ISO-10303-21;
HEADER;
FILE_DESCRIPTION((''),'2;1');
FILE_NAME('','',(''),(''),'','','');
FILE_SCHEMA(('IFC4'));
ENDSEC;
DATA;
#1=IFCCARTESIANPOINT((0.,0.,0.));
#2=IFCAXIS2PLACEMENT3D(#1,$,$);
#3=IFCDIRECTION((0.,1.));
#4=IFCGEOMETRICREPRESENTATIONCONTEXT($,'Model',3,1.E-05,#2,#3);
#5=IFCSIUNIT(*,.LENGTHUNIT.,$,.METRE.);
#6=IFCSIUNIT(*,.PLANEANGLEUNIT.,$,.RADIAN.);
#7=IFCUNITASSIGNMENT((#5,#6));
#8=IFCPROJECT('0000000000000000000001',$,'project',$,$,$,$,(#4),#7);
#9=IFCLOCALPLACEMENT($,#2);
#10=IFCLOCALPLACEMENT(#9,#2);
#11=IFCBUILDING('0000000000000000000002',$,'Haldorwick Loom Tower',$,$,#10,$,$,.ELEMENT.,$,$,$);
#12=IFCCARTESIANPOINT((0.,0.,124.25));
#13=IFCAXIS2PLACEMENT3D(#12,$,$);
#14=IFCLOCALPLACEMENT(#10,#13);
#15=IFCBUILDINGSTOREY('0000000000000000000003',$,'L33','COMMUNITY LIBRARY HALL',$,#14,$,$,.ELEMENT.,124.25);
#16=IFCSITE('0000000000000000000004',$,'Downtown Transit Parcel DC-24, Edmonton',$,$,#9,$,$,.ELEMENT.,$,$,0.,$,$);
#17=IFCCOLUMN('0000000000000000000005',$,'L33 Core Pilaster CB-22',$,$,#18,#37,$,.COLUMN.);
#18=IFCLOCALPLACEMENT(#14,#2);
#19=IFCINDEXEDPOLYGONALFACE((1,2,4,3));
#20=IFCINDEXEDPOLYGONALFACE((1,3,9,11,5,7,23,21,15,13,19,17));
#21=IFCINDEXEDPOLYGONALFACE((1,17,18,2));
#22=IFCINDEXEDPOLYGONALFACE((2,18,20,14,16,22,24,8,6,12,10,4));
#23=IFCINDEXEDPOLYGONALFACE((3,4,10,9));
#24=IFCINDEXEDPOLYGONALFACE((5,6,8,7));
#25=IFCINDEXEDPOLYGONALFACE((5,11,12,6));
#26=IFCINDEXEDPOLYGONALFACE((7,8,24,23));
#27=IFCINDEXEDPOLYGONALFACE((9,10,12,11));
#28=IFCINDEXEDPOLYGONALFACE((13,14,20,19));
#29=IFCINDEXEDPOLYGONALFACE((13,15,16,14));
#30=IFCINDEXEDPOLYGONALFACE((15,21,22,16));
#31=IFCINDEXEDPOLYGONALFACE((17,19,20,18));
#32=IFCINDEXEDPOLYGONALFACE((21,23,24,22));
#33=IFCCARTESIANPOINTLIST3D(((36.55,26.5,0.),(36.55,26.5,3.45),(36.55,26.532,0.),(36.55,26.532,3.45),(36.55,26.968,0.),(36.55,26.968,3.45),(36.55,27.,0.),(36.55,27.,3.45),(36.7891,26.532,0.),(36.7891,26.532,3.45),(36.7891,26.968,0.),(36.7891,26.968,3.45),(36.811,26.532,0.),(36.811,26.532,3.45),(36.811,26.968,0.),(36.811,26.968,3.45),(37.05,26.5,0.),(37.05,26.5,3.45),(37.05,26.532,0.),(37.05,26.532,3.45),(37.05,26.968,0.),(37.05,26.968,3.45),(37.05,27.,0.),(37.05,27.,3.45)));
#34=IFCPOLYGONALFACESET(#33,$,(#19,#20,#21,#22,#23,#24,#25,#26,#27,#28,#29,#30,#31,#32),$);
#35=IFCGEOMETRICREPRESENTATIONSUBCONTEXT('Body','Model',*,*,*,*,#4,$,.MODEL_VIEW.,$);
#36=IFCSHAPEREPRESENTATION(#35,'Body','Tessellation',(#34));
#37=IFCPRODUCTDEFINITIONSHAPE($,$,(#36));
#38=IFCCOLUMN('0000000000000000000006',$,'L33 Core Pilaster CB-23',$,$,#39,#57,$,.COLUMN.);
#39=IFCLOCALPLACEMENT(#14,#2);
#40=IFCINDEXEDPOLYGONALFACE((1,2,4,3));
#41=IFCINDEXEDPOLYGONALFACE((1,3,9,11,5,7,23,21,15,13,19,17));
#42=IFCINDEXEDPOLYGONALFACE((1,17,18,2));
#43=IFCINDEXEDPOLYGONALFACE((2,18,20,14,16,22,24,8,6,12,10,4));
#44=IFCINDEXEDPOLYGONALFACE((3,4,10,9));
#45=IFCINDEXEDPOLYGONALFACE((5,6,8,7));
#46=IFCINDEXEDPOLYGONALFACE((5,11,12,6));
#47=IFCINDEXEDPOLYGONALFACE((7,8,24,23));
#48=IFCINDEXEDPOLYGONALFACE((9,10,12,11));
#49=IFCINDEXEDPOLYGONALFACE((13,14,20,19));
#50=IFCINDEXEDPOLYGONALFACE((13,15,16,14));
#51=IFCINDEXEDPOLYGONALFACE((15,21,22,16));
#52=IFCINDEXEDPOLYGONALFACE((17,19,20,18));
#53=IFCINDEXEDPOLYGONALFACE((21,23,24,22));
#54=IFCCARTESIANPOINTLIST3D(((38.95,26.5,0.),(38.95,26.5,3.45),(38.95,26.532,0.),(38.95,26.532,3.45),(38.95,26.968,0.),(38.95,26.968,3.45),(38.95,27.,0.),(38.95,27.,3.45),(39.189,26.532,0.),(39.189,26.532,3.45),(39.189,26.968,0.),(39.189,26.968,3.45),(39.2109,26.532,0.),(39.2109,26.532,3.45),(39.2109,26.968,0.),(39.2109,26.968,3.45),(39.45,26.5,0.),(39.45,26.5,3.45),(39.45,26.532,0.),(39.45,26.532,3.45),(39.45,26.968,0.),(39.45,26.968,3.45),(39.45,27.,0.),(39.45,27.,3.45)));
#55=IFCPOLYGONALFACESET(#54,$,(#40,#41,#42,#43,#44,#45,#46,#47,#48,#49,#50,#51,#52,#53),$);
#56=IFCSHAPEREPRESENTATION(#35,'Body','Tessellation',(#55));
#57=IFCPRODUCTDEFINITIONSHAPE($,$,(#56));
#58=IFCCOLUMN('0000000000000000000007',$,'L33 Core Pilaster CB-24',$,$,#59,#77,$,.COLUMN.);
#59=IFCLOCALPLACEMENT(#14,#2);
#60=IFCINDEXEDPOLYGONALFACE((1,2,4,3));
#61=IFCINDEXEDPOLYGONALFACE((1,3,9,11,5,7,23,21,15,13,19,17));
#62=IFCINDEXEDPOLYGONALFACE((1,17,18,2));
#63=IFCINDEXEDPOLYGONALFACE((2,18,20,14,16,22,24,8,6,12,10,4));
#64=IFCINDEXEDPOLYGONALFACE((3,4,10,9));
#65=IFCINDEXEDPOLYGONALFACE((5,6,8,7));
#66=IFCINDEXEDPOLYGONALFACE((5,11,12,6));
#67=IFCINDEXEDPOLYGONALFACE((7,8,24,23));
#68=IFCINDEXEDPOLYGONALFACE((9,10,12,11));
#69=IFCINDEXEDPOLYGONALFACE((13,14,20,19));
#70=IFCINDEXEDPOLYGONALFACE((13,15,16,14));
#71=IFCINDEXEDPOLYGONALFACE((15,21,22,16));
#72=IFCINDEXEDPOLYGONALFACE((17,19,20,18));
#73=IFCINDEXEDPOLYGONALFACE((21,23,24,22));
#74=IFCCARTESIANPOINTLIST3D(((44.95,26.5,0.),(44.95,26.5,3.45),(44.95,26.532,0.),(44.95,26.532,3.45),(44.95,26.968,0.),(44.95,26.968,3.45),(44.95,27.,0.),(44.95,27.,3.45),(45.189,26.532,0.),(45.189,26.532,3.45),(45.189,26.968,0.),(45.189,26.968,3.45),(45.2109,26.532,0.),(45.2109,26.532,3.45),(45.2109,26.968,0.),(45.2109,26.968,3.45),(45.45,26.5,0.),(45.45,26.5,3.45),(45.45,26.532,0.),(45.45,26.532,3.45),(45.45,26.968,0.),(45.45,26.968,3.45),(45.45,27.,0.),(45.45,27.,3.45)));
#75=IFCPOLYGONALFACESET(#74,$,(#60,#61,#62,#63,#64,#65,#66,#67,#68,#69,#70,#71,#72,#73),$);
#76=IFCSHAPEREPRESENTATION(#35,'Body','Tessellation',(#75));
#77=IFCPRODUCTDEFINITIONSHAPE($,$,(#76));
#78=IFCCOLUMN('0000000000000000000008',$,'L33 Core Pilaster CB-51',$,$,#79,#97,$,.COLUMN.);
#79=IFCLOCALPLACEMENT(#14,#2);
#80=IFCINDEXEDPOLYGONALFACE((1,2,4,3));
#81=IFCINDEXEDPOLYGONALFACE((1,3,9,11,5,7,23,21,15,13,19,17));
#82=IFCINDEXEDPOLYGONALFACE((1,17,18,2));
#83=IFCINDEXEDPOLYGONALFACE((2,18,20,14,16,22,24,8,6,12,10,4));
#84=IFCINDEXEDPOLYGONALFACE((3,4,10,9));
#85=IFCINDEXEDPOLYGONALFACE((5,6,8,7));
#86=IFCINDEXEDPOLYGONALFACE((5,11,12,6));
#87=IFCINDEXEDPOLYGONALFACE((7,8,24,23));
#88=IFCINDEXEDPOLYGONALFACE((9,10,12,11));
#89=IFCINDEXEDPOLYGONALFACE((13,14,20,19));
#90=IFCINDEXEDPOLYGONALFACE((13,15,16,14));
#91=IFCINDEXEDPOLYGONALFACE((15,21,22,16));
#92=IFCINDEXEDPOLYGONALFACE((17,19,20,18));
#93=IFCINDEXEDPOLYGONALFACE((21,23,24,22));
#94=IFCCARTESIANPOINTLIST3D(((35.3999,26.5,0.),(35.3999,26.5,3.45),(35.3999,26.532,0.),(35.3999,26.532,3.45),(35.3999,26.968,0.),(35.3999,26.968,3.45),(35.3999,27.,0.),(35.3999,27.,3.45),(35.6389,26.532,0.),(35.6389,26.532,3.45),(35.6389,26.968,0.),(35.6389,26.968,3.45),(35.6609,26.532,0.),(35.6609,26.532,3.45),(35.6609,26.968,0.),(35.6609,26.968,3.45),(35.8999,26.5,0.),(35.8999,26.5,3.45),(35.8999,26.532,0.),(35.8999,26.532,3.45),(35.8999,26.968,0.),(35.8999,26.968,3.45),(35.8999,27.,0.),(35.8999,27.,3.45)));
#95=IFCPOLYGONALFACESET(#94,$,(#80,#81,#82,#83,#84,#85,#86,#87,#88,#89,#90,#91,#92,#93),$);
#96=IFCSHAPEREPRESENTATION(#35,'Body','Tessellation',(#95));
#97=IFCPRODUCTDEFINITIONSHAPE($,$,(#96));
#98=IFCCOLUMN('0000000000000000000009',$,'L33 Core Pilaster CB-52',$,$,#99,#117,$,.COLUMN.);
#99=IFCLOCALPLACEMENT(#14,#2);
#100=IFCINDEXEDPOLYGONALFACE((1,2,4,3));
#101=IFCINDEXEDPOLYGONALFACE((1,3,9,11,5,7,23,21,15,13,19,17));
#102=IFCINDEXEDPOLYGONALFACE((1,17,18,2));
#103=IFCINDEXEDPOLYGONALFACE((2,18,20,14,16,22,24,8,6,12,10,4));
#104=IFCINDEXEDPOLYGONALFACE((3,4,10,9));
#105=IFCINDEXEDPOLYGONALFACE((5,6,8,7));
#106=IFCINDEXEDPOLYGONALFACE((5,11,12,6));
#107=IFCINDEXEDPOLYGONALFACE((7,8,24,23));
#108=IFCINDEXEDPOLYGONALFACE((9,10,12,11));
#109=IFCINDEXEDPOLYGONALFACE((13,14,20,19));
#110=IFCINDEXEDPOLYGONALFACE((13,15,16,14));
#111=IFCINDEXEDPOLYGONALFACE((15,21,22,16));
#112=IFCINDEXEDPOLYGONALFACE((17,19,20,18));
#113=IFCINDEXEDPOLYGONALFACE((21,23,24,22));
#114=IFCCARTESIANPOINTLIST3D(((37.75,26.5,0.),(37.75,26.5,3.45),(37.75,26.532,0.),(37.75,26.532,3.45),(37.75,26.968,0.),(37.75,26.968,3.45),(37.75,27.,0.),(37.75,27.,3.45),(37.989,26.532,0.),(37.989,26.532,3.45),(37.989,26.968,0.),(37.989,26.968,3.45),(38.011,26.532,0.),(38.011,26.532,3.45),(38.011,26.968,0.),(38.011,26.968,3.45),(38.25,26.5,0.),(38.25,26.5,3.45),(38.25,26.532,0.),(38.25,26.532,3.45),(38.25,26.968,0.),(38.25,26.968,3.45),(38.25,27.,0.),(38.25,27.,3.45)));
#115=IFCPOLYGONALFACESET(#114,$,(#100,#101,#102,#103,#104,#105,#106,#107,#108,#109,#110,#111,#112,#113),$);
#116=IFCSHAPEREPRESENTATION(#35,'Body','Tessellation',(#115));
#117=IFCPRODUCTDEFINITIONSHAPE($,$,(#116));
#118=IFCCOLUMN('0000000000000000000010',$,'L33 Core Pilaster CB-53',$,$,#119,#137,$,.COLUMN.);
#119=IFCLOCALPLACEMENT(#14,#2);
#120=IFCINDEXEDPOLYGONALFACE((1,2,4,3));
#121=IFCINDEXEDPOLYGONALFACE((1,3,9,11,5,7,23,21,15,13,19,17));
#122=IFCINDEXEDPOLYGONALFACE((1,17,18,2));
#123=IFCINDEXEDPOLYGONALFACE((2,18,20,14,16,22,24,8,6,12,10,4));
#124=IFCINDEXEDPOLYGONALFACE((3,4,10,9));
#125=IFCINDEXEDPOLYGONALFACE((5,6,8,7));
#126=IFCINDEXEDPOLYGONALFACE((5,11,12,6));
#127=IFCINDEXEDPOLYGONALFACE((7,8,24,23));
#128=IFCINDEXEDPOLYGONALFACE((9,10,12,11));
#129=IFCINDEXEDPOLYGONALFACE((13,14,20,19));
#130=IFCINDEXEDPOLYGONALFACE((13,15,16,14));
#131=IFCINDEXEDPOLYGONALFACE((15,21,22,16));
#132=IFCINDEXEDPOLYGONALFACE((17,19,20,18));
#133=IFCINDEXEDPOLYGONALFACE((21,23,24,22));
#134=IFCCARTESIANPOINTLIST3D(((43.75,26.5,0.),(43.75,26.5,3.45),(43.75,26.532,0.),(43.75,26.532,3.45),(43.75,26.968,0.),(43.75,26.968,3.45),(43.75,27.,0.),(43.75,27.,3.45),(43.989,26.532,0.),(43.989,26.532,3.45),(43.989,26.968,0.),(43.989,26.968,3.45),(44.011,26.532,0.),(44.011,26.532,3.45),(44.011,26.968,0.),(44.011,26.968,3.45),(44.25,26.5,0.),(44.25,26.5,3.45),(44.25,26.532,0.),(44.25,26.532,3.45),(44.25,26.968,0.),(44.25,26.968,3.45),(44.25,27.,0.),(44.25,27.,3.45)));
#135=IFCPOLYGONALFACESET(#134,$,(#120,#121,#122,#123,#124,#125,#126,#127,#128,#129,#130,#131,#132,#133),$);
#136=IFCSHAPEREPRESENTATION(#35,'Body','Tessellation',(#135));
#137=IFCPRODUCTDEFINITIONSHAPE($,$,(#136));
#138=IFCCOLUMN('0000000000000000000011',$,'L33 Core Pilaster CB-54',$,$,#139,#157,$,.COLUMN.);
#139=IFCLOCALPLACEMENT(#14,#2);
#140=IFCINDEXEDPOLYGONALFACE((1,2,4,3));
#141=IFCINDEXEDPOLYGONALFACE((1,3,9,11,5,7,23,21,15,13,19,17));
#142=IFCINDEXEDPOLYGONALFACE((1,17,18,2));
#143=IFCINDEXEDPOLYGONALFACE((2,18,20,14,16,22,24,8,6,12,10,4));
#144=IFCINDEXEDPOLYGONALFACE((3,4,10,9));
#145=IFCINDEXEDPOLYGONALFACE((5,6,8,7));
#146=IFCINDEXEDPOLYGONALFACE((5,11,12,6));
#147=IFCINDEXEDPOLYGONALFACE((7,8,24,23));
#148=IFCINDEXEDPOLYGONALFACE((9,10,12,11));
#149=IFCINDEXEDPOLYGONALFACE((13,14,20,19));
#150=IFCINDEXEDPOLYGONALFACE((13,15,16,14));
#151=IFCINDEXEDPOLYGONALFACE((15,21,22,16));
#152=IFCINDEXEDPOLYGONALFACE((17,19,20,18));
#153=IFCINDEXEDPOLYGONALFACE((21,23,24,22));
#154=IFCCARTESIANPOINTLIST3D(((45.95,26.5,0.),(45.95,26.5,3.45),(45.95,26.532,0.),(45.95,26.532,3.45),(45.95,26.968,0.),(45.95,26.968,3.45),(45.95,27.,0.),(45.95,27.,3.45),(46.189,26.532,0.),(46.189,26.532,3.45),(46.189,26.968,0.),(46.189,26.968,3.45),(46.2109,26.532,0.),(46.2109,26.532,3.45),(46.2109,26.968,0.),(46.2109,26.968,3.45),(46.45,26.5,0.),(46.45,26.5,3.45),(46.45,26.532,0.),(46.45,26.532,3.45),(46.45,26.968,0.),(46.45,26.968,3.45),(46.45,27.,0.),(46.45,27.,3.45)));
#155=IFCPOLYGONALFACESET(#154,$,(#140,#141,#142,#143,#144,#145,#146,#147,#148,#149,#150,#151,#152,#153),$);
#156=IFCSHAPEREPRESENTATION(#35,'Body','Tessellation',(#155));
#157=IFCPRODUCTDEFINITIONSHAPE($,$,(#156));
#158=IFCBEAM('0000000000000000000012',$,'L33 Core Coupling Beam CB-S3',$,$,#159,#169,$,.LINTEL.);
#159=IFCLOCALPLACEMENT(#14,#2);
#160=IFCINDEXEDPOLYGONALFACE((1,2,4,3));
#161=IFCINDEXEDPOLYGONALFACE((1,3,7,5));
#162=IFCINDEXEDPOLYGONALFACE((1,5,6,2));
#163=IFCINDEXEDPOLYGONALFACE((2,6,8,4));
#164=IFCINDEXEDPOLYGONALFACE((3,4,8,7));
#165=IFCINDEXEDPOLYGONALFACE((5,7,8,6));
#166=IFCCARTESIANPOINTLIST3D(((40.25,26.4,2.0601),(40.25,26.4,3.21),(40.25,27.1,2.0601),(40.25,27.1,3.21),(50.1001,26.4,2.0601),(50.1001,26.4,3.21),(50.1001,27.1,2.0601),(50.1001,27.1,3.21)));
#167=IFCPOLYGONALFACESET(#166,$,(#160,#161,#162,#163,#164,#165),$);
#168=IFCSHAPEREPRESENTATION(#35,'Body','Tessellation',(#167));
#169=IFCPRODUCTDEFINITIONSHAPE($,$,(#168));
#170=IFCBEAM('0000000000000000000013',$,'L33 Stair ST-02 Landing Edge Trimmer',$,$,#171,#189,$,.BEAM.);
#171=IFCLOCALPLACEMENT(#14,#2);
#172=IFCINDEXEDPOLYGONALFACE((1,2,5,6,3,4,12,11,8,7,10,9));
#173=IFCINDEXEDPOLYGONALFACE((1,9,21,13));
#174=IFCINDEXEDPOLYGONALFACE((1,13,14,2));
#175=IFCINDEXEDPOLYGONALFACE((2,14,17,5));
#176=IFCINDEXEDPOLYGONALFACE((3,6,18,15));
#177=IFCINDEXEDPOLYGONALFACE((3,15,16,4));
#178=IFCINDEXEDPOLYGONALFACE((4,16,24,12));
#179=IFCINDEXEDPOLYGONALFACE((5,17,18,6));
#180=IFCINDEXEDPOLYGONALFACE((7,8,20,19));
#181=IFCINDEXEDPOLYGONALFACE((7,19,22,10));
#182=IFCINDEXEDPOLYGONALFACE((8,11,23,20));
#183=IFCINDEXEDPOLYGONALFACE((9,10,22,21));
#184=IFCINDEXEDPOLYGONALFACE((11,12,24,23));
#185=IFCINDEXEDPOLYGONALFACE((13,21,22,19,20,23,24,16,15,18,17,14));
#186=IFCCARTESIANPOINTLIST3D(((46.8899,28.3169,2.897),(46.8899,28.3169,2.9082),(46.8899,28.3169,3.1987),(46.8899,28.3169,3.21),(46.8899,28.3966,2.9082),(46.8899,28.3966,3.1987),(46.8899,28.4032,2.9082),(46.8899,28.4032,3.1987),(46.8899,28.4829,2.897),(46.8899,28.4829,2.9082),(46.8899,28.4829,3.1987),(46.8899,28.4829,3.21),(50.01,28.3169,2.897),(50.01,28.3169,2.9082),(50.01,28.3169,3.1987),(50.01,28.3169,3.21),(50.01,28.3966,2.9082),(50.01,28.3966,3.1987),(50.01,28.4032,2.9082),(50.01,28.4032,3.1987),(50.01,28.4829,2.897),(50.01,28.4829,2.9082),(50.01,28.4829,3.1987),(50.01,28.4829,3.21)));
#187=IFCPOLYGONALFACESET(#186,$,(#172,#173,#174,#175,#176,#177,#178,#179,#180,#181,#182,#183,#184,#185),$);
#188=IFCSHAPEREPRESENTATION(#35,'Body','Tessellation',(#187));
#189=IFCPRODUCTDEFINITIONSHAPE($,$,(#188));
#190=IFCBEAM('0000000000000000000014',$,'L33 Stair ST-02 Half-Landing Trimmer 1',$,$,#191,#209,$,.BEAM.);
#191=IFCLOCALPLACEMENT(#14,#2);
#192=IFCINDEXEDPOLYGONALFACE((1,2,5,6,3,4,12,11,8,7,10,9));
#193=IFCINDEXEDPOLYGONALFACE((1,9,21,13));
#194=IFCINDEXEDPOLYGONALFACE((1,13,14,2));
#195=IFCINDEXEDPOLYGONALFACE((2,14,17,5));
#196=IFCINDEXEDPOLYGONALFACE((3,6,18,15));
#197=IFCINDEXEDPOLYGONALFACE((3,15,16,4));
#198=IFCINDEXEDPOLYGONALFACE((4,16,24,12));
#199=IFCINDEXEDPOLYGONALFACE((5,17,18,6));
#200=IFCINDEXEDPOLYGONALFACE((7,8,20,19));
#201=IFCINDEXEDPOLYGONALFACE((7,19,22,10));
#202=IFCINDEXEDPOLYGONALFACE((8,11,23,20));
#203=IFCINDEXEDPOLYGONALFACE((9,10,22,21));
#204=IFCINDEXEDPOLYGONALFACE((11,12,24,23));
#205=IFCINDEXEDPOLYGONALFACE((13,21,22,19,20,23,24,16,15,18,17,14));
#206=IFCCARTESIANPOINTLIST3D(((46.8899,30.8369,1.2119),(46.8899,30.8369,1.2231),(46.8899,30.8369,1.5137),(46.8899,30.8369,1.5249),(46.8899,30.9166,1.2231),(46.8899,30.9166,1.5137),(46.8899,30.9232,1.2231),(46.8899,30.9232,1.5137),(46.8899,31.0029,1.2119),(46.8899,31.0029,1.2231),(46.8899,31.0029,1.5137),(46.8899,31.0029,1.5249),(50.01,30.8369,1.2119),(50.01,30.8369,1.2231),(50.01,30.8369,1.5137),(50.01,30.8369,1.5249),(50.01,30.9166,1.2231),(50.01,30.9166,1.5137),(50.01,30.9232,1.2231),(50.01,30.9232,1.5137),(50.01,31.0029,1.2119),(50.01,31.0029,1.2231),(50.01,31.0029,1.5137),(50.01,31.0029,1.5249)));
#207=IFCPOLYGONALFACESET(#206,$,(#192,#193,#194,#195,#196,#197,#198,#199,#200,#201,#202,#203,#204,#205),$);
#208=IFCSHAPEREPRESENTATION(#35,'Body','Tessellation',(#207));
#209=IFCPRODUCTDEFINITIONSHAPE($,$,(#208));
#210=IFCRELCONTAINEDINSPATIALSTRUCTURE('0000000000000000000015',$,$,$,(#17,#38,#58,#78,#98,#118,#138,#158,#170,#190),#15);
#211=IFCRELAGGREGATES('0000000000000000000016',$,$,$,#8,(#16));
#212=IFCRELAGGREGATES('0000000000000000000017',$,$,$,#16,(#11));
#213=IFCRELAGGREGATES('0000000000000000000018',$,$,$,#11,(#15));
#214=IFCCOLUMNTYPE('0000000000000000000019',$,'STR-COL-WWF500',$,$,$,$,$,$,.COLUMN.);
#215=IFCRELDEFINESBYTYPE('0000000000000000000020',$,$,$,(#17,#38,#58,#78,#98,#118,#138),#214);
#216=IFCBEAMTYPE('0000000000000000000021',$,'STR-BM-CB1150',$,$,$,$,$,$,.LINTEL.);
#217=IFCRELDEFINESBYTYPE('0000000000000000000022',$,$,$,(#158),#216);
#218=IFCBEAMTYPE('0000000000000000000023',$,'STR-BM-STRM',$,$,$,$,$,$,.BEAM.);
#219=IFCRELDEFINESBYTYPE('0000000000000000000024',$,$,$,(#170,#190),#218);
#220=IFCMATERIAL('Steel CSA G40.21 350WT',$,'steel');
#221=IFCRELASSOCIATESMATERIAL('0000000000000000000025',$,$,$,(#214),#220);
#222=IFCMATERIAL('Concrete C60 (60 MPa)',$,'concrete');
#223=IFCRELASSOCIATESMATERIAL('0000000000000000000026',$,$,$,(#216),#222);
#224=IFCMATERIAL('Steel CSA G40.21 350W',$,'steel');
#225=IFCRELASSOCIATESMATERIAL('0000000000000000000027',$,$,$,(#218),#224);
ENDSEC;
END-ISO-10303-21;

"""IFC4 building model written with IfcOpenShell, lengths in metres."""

from ifc_helpers import new_model, si_unit, direction, frame, origin, origin_2d, place, context, subcontext, project, spatial, rectangle, i_section, extrude, material, material_profile, profile_set, type_object, element, save


model = new_model("IFC4")

# Units and contexts
model_context = context("Model", 3, precision=1e-05, world=origin(), true_north=direction((0.0, 1.0)))
body_context = subcontext(model_context, "Body", "Model", "MODEL_VIEW")
ifc_project = project(units=[si_unit("LENGTHUNIT", "METRE"), si_unit("PLANEANGLEUNIT", "RADIAN")], contexts=[model_context])

# Site, building, storey
site_placement = place(None, origin())
site = spatial("IfcSite", under=ifc_project, at=site_placement, Name="Downtown Transit Parcel DC-24, Edmonton", CompositionType="ELEMENT", RefElevation=0.0)
building_placement = place(site_placement, origin())
building = spatial("IfcBuilding", under=site, at=building_placement, Name="Haldorwick Loom Tower", CompositionType="ELEMENT")
storey_placement = place(building_placement, frame((0.0, 0.0, 124.25)))
storey = spatial("IfcBuildingStorey", under=building, at=storey_placement, Name="L33", Description="COMMUNITY LIBRARY HALL", CompositionType="ELEMENT", Elevation=124.25)

# Columns
ifc_material_1 = material(Name="Steel CSA G40.21 350WT", Category="steel")
ifc_material_profile_1 = material_profile(ifc_material_1, i_section(OverallWidth=0.5, OverallDepth=0.5, WebThickness=0.022, FlangeThickness=0.032, at=origin_2d()), Name="WWF500X500", Category="steel")
ifc_profile_set_1 = profile_set([ifc_material_profile_1], Name="Steel CSA G40.21 350WT")
column_type = type_object("IfcColumnType", Name="STR-COL-WWF500", PredefinedType="COLUMN", material=ifc_profile_set_1)
for number, where, z_axis, x_axis, name in (
    (1, (36.8, 26.75, 0.0), (0.0, 0.0, 1.0), (1.0, 0.0, 0.0), "L33 Core Pilaster CB-22"),
    (2, (39.2, 26.75, 0.0), (0.0, 0.0, 1.0), (1.0, 0.0, 0.0), "L33 Core Pilaster CB-23"),
    (3, (45.2, 26.75, 0.0), (0.0, 0.0, 1.0), (1.0, 0.0, 0.0), "L33 Core Pilaster CB-24"),
    (4, (35.6499, 26.75, 0.0), (0.0, 0.0, 1.0), (1.0, 0.0, 0.0), "L33 Core Pilaster CB-51"),
    (5, (38.0, 26.75, 0.0), (0.0, 0.0, 1.0), (1.0, 0.0, 0.0), "L33 Core Pilaster CB-52"),
    (6, (44.0, 26.75, 0.0), (0.0, 0.0, 1.0), (1.0, 0.0, 0.0), "L33 Core Pilaster CB-53"),
    (7, (46.2, 26.75, 0.0), (0.0, 0.0, 1.0), (1.0, 0.0, 0.0), "L33 Core Pilaster CB-54"),
):
    element("IfcColumn", number, at=place(storey_placement, frame(where, z_axis=z_axis, x_axis=x_axis)), inside=storey, type_object=column_type, Name=name, PredefinedType="COLUMN", context=body_context, shape_type="SweptSolid", body=[
        extrude(i_section(OverallWidth=0.5, OverallDepth=0.5, WebThickness=0.022, FlangeThickness=0.032, at=origin_2d()), origin(), (0.0, 0.0, 1.0), 3.45),
    ])

# Beams
ifc_material_2 = material(Name="Concrete C60 (60 MPa)", Category="concrete")
ifc_material_profile_2 = material_profile(ifc_material_2, rectangle(XDim=0.7, YDim=1.1499, at=origin_2d()), Name="RC700X1150", Category="concrete")
ifc_profile_set_2 = profile_set([ifc_material_profile_2], Name="Concrete C60 (60 MPa)")
beam_type_1 = type_object("IfcBeamType", Name="STR-BM-CB1150", PredefinedType="LINTEL", material=ifc_profile_set_2)
beam_placement = place(storey_placement, frame((40.25, 26.75, 2.635), z_axis=(1.0, 0.0, 0.0), x_axis=(0.0, 1.0, 0.0)))
element("IfcBeam", 8, at=beam_placement, inside=storey, type_object=beam_type_1, Name="L33 Core Coupling Beam CB-S3", PredefinedType="LINTEL", context=body_context, shape_type="SweptSolid", body=[
    extrude(rectangle(XDim=0.7, YDim=1.1499, at=origin_2d()), origin(), (0.0, 0.0, 1.0), 9.8501),
])
ifc_material_3 = material(Name="Steel CSA G40.21 350W", Category="steel")
ifc_material_profile_3 = material_profile(ifc_material_3, i_section(OverallWidth=0.166, OverallDepth=0.313, WebThickness=0.0066, FlangeThickness=0.0112, at=origin_2d()), Name="W310X45", Category="steel")
ifc_profile_set_3 = profile_set([ifc_material_profile_3], Name="Steel CSA G40.21 350W")
beam_type_2 = type_object("IfcBeamType", Name="STR-BM-STRM", PredefinedType="BEAM", material=ifc_profile_set_3)
for number, where, z_axis, x_axis, name in (
    (9, (46.8899, 28.3999, 3.0535), (1.0, 0.0, 0.0), (0.0, 1.0, 0.0), "L33 Stair ST-02 Landing Edge Trimmer"),
    (10, (46.8899, 30.9199, 1.3684), (1.0, 0.0, 0.0), (0.0, 1.0, 0.0), "L33 Stair ST-02 Half-Landing Trimmer 1"),
):
    element("IfcBeam", number, at=place(storey_placement, frame(where, z_axis=z_axis, x_axis=x_axis)), inside=storey, type_object=beam_type_2, Name=name, PredefinedType="BEAM", context=body_context, shape_type="SweptSolid", body=[
        extrude(i_section(OverallWidth=0.166, OverallDepth=0.313, WebThickness=0.0066, FlangeThickness=0.0112, at=origin_2d()), origin(), (0.0, 0.0, 1.0), 3.1201),
    ])

save(model, "model.ifc")
